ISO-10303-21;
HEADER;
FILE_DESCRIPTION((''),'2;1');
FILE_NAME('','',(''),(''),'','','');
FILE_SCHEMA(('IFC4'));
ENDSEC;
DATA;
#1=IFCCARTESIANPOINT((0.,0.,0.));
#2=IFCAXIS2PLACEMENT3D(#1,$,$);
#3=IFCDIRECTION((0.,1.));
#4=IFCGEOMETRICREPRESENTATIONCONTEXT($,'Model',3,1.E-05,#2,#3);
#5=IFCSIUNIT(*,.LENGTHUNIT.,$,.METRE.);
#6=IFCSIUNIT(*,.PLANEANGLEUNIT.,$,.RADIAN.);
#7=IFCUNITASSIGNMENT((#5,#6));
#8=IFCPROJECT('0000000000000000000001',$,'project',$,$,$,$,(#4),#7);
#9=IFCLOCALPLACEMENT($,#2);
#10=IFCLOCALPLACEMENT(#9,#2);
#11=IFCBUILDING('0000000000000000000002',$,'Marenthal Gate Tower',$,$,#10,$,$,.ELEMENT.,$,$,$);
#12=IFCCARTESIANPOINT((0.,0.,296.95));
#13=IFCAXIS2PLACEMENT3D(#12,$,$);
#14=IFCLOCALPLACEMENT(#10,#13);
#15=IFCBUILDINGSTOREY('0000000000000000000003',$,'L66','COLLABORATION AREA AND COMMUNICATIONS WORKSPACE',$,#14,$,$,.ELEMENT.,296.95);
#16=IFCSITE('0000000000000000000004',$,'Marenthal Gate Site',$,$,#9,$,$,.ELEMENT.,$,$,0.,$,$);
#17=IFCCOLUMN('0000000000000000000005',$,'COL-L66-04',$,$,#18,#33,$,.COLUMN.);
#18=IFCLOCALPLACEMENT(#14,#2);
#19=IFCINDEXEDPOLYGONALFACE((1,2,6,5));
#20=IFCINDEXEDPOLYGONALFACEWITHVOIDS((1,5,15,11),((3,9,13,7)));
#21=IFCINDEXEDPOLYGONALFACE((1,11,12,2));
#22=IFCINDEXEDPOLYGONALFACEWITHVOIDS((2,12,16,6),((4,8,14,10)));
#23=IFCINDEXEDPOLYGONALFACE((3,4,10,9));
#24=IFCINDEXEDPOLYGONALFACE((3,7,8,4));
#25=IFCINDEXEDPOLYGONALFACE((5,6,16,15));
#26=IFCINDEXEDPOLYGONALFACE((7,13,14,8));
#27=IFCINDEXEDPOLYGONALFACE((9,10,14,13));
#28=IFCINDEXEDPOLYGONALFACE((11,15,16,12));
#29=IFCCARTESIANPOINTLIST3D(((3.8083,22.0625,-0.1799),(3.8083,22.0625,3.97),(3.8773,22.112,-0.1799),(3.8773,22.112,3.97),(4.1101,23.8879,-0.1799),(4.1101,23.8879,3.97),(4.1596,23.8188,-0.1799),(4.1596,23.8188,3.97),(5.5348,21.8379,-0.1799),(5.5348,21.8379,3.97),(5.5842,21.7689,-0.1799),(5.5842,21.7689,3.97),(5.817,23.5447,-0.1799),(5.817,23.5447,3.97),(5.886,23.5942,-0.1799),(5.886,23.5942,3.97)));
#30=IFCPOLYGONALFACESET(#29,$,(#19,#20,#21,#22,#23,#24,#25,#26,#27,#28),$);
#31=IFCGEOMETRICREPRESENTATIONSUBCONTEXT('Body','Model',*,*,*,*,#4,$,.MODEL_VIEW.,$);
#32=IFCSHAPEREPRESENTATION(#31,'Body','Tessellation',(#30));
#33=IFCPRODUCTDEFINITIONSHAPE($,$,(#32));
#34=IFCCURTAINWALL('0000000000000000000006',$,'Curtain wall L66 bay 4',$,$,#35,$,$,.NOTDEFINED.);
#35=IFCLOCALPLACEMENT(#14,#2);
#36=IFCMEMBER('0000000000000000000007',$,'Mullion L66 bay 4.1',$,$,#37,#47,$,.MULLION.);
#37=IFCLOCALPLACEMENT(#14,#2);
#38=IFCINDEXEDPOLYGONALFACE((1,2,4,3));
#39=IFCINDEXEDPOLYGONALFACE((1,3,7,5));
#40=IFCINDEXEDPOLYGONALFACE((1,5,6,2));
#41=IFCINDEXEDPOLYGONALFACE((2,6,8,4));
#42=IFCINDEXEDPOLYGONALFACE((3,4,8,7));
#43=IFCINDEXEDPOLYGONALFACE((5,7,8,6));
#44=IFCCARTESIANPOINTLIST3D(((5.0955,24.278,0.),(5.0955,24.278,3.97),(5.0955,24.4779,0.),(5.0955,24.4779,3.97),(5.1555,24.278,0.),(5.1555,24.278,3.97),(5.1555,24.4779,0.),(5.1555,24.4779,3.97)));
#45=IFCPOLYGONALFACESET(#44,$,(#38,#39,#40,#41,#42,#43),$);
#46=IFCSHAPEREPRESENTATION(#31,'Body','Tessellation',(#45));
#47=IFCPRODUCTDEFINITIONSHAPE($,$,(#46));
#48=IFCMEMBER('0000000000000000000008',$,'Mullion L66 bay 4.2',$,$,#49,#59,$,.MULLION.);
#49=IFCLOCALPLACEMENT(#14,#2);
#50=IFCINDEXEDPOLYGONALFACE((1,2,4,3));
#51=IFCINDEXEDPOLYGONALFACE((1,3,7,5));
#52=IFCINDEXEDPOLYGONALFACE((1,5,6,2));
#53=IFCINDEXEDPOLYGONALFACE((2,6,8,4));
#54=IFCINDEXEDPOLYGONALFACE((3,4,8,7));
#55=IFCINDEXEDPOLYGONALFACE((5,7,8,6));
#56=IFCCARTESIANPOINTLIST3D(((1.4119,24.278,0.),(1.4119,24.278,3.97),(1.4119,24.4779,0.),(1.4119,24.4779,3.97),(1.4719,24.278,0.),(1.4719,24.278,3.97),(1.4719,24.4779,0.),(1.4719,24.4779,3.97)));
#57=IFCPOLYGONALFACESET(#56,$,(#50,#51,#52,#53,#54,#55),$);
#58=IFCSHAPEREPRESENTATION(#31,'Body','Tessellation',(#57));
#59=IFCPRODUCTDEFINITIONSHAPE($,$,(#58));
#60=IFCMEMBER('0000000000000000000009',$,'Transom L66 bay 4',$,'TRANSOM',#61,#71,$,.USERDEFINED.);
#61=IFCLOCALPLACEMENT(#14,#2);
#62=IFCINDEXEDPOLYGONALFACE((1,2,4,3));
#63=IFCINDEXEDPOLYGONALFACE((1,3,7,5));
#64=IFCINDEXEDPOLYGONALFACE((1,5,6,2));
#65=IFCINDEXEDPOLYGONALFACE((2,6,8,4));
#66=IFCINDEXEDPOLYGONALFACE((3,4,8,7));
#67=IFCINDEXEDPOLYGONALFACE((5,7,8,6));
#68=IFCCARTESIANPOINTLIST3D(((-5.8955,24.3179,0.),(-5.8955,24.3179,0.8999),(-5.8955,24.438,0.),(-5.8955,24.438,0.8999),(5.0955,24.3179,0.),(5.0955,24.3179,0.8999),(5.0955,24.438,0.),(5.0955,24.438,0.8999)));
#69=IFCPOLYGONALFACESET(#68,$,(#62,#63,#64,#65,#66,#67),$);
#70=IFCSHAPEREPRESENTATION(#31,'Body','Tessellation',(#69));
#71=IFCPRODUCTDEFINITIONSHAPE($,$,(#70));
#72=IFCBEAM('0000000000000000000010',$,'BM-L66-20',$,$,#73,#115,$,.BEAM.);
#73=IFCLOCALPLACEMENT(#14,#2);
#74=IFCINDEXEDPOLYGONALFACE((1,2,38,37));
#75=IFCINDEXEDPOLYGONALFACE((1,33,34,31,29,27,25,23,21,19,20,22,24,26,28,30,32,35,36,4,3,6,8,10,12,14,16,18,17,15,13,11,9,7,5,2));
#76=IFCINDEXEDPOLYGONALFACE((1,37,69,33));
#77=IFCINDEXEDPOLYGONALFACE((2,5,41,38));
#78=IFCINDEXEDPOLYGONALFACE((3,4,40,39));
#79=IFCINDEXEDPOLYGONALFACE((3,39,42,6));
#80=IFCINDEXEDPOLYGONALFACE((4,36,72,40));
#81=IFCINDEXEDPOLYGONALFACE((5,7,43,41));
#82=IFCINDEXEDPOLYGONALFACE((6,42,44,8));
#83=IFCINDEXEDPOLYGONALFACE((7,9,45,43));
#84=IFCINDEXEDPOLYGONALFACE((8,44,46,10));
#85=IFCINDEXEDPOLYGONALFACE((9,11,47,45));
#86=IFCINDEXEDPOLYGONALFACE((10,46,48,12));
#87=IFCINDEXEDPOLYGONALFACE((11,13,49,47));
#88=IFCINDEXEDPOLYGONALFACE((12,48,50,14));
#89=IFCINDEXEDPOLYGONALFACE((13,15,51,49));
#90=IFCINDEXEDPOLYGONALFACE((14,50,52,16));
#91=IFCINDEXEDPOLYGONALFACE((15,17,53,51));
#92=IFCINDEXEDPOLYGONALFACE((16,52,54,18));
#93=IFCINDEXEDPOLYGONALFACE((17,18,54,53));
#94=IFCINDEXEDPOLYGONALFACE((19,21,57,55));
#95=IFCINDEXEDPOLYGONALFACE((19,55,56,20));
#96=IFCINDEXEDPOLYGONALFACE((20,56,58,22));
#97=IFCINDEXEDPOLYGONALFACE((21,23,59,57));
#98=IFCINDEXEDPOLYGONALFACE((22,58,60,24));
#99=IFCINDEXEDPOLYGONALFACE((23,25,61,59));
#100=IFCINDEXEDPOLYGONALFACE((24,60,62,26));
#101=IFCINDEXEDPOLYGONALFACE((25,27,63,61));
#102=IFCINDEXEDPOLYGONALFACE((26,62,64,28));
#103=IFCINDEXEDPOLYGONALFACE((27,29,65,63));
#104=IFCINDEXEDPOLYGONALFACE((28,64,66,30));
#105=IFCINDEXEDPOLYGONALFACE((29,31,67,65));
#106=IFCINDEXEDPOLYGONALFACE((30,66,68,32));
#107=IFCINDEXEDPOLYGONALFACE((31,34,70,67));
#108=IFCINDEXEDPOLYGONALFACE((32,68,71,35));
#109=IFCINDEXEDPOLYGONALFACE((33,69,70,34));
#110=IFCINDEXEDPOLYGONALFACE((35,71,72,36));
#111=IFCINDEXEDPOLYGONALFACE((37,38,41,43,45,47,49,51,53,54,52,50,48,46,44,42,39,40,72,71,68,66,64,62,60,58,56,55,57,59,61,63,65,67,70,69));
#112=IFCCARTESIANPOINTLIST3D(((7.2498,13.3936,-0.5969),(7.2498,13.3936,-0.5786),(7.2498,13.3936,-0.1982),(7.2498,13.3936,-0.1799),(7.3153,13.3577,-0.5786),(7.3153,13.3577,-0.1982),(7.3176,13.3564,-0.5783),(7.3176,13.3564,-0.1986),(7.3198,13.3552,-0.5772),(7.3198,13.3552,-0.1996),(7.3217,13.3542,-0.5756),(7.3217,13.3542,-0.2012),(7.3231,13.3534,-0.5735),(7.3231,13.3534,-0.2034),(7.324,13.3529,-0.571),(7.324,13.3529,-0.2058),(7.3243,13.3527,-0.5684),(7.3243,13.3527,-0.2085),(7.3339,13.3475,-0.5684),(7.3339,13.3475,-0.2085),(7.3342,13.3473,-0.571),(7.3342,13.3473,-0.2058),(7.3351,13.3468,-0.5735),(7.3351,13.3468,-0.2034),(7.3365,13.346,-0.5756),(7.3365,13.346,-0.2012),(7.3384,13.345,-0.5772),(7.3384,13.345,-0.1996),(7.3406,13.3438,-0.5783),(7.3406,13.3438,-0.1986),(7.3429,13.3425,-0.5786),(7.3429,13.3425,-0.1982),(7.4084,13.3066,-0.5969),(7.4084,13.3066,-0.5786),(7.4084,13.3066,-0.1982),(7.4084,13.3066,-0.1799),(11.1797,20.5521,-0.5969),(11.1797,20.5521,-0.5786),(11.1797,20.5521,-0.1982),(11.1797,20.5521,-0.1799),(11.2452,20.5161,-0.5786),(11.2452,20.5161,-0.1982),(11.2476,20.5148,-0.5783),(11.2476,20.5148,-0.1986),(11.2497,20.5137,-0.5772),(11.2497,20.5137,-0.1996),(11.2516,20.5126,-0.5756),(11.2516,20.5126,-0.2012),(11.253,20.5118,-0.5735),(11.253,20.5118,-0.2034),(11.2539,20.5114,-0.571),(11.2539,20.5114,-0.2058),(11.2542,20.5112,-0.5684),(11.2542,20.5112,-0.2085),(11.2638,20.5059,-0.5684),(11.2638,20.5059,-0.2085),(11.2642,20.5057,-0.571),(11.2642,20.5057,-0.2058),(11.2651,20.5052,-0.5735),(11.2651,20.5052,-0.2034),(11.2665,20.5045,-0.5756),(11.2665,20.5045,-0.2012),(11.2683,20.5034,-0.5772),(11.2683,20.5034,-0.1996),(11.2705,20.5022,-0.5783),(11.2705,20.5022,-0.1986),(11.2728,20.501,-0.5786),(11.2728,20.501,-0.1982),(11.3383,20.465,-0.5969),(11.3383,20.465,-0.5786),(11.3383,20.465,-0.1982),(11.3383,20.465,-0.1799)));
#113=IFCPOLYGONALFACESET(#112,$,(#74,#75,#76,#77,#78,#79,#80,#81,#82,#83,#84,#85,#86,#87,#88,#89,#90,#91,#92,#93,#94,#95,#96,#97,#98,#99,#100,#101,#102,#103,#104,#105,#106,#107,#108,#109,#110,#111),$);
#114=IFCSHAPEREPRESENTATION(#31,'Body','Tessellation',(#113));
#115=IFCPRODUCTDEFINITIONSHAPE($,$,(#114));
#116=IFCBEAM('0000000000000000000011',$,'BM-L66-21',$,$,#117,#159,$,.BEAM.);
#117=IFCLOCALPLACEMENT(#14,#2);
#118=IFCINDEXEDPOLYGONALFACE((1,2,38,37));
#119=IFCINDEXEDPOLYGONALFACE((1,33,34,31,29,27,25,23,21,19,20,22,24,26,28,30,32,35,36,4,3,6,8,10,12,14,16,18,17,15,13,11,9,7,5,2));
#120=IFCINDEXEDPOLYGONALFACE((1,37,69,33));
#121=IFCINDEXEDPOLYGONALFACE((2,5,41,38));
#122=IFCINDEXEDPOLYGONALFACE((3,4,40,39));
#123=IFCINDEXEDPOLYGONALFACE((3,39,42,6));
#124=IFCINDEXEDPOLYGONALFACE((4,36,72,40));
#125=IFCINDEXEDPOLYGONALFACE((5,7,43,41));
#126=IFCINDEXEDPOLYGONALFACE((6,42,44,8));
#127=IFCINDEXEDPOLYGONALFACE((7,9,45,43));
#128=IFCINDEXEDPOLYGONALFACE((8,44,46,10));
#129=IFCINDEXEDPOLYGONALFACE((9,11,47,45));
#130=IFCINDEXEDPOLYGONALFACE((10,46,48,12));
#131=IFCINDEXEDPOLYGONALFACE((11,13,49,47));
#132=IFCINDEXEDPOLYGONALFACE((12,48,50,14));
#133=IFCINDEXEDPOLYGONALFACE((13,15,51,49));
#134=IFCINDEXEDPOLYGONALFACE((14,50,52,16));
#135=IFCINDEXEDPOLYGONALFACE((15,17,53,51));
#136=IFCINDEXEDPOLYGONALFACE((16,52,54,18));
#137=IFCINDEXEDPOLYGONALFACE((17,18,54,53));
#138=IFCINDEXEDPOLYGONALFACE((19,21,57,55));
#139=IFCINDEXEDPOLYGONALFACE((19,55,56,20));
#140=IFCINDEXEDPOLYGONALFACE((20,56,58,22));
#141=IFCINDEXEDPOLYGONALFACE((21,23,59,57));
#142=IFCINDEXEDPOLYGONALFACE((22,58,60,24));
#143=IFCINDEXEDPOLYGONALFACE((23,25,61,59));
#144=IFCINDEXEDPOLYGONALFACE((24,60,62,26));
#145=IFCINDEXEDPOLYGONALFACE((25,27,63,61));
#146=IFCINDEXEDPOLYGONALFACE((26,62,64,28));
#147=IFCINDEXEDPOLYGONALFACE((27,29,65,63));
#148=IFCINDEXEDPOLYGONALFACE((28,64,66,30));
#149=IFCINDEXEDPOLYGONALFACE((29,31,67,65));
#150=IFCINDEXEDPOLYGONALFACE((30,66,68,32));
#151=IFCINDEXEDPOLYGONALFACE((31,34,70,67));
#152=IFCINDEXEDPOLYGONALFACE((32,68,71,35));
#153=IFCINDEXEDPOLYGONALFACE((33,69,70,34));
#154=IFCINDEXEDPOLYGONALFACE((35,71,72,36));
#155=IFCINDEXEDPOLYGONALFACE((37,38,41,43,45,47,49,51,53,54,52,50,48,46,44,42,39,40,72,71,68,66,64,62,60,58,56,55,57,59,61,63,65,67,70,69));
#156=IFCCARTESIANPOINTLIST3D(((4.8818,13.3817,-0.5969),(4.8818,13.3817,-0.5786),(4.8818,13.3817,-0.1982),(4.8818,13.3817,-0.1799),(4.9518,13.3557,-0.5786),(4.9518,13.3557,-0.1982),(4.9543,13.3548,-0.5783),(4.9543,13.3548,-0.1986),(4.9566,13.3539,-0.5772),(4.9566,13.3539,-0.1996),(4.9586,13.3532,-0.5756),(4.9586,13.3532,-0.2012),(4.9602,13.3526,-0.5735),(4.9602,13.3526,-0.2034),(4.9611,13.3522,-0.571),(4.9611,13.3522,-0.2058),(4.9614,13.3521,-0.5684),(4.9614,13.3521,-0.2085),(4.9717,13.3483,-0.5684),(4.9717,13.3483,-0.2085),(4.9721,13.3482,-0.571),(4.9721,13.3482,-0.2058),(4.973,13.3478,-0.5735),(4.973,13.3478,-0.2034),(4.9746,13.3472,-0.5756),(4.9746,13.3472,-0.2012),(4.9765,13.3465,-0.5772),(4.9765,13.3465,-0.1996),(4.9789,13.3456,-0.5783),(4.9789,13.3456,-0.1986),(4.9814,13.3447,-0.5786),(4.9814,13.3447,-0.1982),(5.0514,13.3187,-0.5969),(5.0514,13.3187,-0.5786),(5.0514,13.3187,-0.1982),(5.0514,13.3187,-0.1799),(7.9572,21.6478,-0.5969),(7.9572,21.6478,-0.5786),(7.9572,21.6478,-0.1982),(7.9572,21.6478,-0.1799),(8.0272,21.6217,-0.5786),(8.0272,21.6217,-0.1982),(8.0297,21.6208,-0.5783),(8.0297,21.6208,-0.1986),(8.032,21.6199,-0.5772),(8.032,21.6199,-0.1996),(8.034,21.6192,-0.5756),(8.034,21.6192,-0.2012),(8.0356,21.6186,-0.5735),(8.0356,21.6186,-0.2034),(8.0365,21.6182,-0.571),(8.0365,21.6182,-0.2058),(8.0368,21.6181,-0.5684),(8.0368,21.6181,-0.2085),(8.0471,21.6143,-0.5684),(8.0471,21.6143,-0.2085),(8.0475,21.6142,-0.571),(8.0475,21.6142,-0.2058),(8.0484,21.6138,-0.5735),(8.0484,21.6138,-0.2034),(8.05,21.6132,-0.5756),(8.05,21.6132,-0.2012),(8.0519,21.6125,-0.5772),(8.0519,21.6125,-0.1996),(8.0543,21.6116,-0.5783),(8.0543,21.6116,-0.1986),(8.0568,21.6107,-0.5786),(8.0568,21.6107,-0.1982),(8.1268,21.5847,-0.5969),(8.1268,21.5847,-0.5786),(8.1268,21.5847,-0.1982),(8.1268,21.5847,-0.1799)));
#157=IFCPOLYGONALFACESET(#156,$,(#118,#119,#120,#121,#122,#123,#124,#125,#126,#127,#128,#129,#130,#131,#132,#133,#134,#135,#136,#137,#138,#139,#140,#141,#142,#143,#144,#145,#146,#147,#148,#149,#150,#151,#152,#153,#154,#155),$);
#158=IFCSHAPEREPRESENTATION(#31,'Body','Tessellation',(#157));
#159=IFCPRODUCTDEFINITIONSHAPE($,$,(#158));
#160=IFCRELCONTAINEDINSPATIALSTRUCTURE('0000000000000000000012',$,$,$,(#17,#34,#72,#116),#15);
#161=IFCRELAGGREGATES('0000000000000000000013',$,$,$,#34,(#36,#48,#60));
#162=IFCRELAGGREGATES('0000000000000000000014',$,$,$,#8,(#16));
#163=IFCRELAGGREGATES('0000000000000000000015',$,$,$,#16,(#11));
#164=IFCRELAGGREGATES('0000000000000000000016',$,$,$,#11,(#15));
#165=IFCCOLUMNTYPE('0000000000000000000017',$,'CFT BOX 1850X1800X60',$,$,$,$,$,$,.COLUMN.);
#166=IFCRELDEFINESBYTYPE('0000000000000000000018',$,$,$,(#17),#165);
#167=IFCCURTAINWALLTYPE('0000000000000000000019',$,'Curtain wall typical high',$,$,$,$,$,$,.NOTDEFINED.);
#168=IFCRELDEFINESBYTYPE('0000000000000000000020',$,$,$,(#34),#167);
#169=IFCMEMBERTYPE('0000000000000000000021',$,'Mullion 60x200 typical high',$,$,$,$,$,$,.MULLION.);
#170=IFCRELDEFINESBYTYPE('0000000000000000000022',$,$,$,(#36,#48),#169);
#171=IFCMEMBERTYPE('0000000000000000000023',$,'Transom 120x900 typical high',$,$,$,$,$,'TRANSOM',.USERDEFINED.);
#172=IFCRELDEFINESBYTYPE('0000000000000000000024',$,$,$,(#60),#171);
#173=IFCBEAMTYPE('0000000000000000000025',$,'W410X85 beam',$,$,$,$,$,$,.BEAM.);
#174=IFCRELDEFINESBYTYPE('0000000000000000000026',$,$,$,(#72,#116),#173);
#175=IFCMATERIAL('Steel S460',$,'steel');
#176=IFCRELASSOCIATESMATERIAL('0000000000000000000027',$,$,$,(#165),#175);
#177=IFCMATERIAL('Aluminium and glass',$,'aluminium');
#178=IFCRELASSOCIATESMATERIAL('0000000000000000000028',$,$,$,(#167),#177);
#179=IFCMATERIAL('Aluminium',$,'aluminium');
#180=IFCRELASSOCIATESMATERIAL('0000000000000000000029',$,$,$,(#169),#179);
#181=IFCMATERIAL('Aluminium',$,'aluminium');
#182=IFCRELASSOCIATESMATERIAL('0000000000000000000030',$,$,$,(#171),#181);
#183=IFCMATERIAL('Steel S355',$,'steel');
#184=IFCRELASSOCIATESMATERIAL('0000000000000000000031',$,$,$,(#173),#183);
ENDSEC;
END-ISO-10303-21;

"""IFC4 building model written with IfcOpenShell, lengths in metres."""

from ifc_helpers import new_model, si_unit, direction, frame, origin, origin_2d, place, context, subcontext, project, spatial, rectangle, hollow_rectangle, i_section, extrude, material, material_profile, profile_set, type_object, element, aggregate, save


model = new_model("IFC4")

# Units and contexts
model_context = context("Model", 3, precision=1e-05, world=origin(), true_north=direction((0.0, 1.0)))
body_context = subcontext(model_context, "Body", "Model", "MODEL_VIEW")
ifc_project = project(units=[si_unit("LENGTHUNIT", "METRE"), si_unit("PLANEANGLEUNIT", "RADIAN")], contexts=[model_context])

# Site, building, storey
site_placement = place(None, origin())
site = spatial("IfcSite", under=ifc_project, at=site_placement, Name="Marenthal Gate Site", CompositionType="ELEMENT", RefElevation=0.0)
building_placement = place(site_placement, origin())
building = spatial("IfcBuilding", under=site, at=building_placement, Name="Marenthal Gate Tower", CompositionType="ELEMENT")
storey_placement = place(building_placement, frame((0.0, 0.0, 296.95)))
storey = spatial("IfcBuildingStorey", under=building, at=storey_placement, Name="L66", Description="COLLABORATION AREA AND COMMUNICATIONS WORKSPACE", CompositionType="ELEMENT", Elevation=296.95)

# Column
ifc_material_1 = material(Name="Steel S460", Category="steel")
ifc_material_profile_1 = material_profile(ifc_material_1, hollow_rectangle(XDim=1.8, YDim=1.8501, WallThickness=0.0601, at=origin_2d()), Name="CFT BOX 1850X1800X60")
ifc_material_2 = material(Name="Concrete 70 MPa", Category="concrete")
ifc_material_profile_2 = material_profile(ifc_material_2, rectangle(XDim=1.6799, YDim=1.73, at=origin_2d()), Name="CFT BOX 1850X1800X60 INFILL")
ifc_profile_set_1 = profile_set([ifc_material_profile_1, ifc_material_profile_2], Name="Steel S460 shell, Concrete 70 MPa infill")
column_type = type_object("IfcColumnType", Name="CFT BOX 1850X1800X60", PredefinedType="COLUMN", material=ifc_profile_set_1)
column_placement = place(storey_placement, frame((4.8472, 22.8284, -0.1799), z_axis=(0.0, 0.0, 1.0), x_axis=(0.986603, -0.163137, 0.0)))
element("IfcColumn", 1, at=column_placement, inside=storey, type_object=column_type, Name="COL-L66-04", PredefinedType="COLUMN", context=body_context, shape_type="SweptSolid", body=[
    extrude(hollow_rectangle(XDim=1.8, YDim=1.8501, WallThickness=0.0601, at=origin_2d()), origin(), (0.0, 0.0, 1.0), 4.1499),
])

# Curtain wall, members
ifc_material_3 = material(Name="Aluminium and glass", Category="aluminium")
curtain_wall_type = type_object("IfcCurtainWallType", Name="Curtain wall typical high", PredefinedType="NOTDEFINED", material=ifc_material_3)
curtain_wall_placement = place(storey_placement, origin())
curtain_wall = element("IfcCurtainWall", 2, at=curtain_wall_placement, inside=storey, type_object=curtain_wall_type, Name="Curtain wall L66 bay 4", PredefinedType="NOTDEFINED")
ifc_material_4 = material(Name="Aluminium", Category="aluminium")
ifc_material_profile_3 = material_profile(ifc_material_4, rectangle(XDim=0.2, YDim=0.0601, at=origin_2d()), Name="60x200 aluminium mullion")
ifc_profile_set_2 = profile_set([ifc_material_profile_3], Name="Aluminium")
member_type_1 = type_object("IfcMemberType", Name="Mullion 60x200 typical high", PredefinedType="MULLION", material=ifc_profile_set_2)
member_1_placement = place(storey_placement, frame((5.1255, 24.3779, 0.0), z_axis=(0.0, 0.0, 1.0), x_axis=(0.0, -1.0, 0.0)))
member_1 = element("IfcMember", 3, at=member_1_placement, type_object=member_type_1, Name="Mullion L66 bay 4.1", PredefinedType="MULLION", context=body_context, shape_type="SweptSolid", body=[
    extrude(rectangle(XDim=0.2, YDim=0.0601, at=origin_2d()), origin(), (0.0, 0.0, 1.0), 3.97),
])
member_2_placement = place(storey_placement, frame((1.4419, 24.3779, 0.0), z_axis=(0.0, 0.0, 1.0), x_axis=(0.0, -1.0, 0.0)))
member_2 = element("IfcMember", 4, at=member_2_placement, type_object=member_type_1, Name="Mullion L66 bay 4.2", PredefinedType="MULLION", context=body_context, shape_type="SweptSolid", body=[
    extrude(rectangle(XDim=0.2, YDim=0.0601, at=origin_2d()), origin(), (0.0, 0.0, 1.0), 3.97),
])
ifc_material_5 = material(Name="Aluminium", Category="aluminium")
ifc_material_profile_4 = material_profile(ifc_material_5, rectangle(XDim=0.1201, YDim=0.8999, at=origin_2d()), Name="120x900 aluminium transom")
ifc_profile_set_3 = profile_set([ifc_material_profile_4], Name="Aluminium")
member_type_2 = type_object("IfcMemberType", Name="Transom 120x900 typical high", ElementType="TRANSOM", PredefinedType="USERDEFINED", material=ifc_profile_set_3)
member_3_placement = place(storey_placement, frame((5.0955, 24.3779, 0.45), z_axis=(-1.0, 0.0, 0.0), x_axis=(0.0, -1.0, 0.0)))
member_3 = element("IfcMember", 5, at=member_3_placement, type_object=member_type_2, Name="Transom L66 bay 4", ObjectType="TRANSOM", PredefinedType="USERDEFINED", context=body_context, shape_type="SweptSolid", body=[
    extrude(rectangle(XDim=0.1201, YDim=0.8999, at=origin_2d()), origin(), (0.0, 0.0, 1.0), 10.991),
])

# Beams
ifc_material_6 = material(Name="Steel S355", Category="steel")
ifc_material_profile_5 = material_profile(ifc_material_6, i_section(OverallWidth=0.1809, OverallDepth=0.417, WebThickness=0.011, FlangeThickness=0.0183, FilletRadius=0.0103, at=origin_2d()), Name="W410X85")
ifc_profile_set_4 = profile_set([ifc_material_profile_5], Name="Steel S355")
beam_type_1 = type_object("IfcBeamType", Name="W410X85 beam", PredefinedType="BEAM", material=ifc_profile_set_4)
beam_1_placement = place(storey_placement, frame((11.259, 20.5085, -0.3884), z_axis=(-0.48124, -0.876589, 0.0), x_axis=(0.876589, -0.48124, 0.0)))
element("IfcBeam", 6, at=beam_1_placement, inside=storey, type_object=beam_type_1, Name="BM-L66-20", PredefinedType="BEAM", context=body_context, shape_type="SweptSolid", body=[
    extrude(i_section(OverallWidth=0.1809, OverallDepth=0.417, WebThickness=0.011, FlangeThickness=0.0183, FilletRadius=0.0103, at=origin_2d()), origin(), (0.0, 0.0, 1.0), 8.1663),
])
beam_2_placement = place(storey_placement, frame((8.042, 21.6162, -0.3884), z_axis=(-0.348701, -0.937234, 0.0), x_axis=(0.937234, -0.348701, 0.0)))
element("IfcBeam", 7, at=beam_2_placement, inside=storey, type_object=beam_type_1, Name="BM-L66-21", PredefinedType="BEAM", context=body_context, shape_type="SweptSolid", body=[
    extrude(i_section(OverallWidth=0.1809, OverallDepth=0.417, WebThickness=0.011, FlangeThickness=0.0183, FilletRadius=0.0103, at=origin_2d()), origin(), (0.0, 0.0, 1.0), 8.8196),
])

aggregate(curtain_wall, [member_1, member_2, member_3])

save(model, "model.ifc")
